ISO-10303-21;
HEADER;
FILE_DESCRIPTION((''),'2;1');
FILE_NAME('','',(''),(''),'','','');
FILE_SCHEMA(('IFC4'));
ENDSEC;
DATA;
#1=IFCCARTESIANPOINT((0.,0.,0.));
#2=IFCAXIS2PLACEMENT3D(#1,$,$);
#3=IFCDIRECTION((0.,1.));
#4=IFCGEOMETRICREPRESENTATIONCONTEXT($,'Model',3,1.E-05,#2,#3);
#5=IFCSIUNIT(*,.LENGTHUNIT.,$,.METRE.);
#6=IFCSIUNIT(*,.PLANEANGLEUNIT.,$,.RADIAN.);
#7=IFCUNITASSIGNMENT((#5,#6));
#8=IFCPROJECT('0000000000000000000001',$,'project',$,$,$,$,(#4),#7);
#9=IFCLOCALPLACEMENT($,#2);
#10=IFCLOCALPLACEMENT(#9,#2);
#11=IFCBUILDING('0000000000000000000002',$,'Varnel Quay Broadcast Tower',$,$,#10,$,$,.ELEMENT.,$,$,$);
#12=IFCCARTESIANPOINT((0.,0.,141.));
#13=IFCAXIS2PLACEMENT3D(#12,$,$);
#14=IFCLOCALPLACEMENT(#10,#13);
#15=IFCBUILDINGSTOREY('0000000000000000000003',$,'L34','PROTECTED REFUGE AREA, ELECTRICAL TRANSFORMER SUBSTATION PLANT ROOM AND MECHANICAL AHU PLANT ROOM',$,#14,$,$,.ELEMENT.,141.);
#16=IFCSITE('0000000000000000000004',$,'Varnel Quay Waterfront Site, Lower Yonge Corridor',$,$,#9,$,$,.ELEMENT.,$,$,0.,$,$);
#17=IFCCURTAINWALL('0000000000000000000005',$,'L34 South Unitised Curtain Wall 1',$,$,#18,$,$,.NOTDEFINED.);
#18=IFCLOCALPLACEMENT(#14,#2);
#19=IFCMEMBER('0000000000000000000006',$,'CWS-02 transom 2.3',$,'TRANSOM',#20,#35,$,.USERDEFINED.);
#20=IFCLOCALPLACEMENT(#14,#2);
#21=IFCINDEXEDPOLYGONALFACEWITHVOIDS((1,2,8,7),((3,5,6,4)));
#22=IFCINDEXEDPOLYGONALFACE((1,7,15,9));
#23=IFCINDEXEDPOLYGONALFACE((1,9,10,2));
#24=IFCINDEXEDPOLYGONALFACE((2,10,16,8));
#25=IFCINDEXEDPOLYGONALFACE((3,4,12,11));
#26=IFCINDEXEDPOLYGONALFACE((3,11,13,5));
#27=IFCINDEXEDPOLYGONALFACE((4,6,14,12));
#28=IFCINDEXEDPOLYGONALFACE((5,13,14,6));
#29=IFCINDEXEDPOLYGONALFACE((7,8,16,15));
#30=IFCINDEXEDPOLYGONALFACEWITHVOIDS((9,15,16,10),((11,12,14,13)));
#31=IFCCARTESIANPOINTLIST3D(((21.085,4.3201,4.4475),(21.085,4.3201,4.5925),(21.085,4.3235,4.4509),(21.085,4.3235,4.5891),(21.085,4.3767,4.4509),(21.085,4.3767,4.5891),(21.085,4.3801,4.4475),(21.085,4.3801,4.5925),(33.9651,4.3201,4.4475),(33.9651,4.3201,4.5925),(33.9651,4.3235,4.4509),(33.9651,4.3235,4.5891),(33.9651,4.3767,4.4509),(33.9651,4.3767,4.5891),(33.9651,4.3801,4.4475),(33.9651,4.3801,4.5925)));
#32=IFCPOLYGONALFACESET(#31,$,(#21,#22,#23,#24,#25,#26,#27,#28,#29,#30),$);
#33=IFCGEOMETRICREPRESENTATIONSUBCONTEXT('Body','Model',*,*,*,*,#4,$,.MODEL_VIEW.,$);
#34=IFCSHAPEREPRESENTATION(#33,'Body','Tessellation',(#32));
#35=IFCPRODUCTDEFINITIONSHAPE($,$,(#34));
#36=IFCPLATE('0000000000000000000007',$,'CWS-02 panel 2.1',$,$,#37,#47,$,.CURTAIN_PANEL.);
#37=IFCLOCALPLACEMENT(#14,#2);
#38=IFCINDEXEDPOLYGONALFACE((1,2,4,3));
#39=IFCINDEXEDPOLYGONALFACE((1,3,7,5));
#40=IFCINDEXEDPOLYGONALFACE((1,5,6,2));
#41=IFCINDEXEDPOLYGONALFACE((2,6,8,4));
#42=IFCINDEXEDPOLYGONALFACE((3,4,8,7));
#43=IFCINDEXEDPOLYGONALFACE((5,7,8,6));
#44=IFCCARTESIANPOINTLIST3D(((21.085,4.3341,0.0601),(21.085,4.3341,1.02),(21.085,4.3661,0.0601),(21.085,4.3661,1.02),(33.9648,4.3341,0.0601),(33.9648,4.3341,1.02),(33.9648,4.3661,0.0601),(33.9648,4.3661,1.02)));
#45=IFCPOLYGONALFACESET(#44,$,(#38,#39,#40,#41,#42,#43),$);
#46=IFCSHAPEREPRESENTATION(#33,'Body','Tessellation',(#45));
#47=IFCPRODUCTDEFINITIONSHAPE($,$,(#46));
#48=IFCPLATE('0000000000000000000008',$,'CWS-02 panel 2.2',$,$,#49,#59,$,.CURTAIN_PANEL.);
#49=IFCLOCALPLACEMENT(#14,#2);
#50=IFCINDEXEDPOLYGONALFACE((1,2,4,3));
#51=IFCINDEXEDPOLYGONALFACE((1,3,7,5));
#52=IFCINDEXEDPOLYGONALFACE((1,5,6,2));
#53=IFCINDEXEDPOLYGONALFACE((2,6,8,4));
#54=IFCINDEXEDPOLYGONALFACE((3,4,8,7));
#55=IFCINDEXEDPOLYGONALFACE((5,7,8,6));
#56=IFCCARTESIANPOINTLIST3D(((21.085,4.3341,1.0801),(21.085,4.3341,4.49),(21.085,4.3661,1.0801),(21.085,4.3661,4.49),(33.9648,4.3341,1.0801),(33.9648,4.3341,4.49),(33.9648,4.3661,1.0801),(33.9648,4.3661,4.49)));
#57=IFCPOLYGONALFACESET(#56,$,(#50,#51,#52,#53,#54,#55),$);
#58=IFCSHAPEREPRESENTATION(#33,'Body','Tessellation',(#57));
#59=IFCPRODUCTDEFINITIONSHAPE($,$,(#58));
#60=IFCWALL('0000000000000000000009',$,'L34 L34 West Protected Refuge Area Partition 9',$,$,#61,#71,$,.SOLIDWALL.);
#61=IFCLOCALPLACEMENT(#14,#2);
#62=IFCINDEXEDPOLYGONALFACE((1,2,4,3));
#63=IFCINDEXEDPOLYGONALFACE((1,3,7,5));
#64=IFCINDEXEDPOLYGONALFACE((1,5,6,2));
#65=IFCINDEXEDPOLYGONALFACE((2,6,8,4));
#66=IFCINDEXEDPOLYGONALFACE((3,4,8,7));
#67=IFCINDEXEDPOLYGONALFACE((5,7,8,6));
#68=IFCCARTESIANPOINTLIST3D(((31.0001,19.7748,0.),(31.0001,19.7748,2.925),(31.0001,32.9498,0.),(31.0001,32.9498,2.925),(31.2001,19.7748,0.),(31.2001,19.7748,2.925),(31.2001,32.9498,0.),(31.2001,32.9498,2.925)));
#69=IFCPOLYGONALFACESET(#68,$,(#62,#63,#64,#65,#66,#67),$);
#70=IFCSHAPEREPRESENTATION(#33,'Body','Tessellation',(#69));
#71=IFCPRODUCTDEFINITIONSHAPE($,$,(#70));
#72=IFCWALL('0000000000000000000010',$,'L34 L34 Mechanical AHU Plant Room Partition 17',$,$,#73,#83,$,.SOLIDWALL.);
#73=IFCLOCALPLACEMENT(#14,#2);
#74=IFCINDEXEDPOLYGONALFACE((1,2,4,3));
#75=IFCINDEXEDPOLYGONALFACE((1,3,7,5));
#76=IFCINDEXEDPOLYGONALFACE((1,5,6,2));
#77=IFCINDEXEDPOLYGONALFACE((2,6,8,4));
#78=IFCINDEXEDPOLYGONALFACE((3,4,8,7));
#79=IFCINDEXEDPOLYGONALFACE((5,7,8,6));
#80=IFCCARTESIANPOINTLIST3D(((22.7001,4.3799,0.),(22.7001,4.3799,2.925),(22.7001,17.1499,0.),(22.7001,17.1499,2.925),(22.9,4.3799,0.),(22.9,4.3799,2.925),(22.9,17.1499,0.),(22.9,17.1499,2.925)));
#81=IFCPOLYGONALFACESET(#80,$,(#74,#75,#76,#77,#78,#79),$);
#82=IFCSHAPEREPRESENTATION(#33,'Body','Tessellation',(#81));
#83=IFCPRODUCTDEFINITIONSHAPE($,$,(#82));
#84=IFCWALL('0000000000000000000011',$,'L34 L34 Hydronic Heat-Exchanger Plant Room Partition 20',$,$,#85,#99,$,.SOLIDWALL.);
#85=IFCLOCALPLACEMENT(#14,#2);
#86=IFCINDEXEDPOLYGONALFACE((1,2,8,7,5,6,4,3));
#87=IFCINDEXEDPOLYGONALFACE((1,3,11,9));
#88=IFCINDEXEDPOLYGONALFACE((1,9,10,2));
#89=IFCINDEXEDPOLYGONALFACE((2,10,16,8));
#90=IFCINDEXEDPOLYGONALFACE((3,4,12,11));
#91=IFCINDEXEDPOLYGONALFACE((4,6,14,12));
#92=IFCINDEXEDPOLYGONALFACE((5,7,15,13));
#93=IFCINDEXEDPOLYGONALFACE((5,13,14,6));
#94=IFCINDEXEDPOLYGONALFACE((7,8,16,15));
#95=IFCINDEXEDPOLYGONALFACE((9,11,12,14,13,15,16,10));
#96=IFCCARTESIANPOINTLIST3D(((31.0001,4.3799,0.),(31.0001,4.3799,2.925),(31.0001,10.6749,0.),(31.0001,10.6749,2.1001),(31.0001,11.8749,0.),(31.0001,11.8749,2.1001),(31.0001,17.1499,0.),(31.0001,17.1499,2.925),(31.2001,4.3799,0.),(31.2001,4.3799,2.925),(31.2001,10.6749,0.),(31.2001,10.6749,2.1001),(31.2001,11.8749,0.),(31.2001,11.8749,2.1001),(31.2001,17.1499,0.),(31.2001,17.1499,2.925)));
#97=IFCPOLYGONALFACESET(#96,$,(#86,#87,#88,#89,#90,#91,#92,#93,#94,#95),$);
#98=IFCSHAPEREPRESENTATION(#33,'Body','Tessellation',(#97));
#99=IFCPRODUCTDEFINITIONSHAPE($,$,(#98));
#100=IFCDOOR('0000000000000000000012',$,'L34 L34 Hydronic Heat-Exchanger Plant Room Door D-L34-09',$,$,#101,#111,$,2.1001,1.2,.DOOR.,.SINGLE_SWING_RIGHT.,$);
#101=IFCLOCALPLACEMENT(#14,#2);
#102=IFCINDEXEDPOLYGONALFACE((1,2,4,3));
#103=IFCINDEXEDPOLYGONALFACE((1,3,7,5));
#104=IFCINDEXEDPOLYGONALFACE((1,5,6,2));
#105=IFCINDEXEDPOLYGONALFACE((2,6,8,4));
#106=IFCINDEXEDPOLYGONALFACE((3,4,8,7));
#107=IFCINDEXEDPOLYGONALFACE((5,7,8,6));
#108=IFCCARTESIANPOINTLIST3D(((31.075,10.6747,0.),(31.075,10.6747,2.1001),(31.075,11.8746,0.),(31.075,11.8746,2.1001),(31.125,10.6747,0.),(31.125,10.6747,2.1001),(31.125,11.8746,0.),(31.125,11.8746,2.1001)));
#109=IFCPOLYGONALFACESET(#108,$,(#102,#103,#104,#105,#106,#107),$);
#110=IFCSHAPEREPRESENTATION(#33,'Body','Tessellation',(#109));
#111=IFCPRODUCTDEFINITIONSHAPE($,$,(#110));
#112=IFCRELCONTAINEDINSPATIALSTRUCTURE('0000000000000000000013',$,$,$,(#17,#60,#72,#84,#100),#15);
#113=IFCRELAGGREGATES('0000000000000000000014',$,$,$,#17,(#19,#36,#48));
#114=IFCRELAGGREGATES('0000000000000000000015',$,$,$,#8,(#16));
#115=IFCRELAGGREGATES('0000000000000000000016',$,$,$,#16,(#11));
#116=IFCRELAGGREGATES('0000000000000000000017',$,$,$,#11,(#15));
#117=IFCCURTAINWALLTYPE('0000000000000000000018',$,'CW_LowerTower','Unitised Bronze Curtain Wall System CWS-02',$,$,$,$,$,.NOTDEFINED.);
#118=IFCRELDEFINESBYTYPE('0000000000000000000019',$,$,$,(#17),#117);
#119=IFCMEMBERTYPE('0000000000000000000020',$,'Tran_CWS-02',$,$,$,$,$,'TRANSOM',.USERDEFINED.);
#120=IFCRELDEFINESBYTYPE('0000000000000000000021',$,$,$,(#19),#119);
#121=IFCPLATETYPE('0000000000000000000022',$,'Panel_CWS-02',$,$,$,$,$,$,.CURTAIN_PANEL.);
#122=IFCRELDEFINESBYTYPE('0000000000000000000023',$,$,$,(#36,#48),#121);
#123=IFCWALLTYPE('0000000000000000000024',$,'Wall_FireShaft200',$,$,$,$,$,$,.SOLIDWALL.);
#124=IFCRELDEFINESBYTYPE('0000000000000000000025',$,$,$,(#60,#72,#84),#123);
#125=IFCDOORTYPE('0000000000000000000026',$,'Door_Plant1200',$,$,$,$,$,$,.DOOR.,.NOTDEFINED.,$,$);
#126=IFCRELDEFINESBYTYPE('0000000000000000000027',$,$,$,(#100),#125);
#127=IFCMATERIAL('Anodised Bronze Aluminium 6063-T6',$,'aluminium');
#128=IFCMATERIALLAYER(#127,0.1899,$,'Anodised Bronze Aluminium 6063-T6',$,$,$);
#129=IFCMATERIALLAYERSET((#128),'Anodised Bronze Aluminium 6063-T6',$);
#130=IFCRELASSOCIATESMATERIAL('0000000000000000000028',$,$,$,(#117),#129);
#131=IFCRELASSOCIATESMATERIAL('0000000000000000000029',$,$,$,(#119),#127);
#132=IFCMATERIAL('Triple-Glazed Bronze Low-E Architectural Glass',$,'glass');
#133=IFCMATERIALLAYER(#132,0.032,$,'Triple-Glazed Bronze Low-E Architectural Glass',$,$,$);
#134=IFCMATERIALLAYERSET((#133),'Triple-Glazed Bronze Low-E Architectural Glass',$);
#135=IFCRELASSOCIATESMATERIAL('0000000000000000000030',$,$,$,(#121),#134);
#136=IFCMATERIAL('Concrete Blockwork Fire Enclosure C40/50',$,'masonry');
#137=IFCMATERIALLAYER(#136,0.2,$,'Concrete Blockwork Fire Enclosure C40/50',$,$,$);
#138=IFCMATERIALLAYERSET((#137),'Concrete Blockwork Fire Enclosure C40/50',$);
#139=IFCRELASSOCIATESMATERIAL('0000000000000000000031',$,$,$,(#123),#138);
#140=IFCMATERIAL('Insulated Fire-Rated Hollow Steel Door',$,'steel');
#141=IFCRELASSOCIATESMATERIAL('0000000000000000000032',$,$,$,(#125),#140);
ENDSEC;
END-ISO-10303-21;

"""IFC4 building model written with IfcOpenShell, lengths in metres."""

from ifc_helpers import new_model, si_unit, direction, frame, frame_2d, origin, origin_2d, place, context, subcontext, project, spatial, rectangle, hollow_rectangle, extrude, source, transform, mapped, material, layer, layer_set, material_profile, profile_set, type_object, type_shapes, element, fill, aggregate, save


model = new_model("IFC4")

# Units and contexts
model_context = context("Model", 3, precision=1e-05, world=origin(), true_north=direction((0.0, 1.0)))
body_context = subcontext(model_context, "Body", "Model", "MODEL_VIEW")
ifc_project = project(units=[si_unit("LENGTHUNIT", "METRE"), si_unit("PLANEANGLEUNIT", "RADIAN")], contexts=[model_context])

# Site, building, storey
site_placement = place(None, origin())
site = spatial("IfcSite", under=ifc_project, at=site_placement, Name="Varnel Quay Waterfront Site, Lower Yonge Corridor", CompositionType="ELEMENT", RefElevation=0.0)
building_placement = place(site_placement, origin())
building = spatial("IfcBuilding", under=site, at=building_placement, Name="Varnel Quay Broadcast Tower", CompositionType="ELEMENT")
storey_placement = place(building_placement, frame((0.0, 0.0, 141.0)))
storey = spatial("IfcBuildingStorey", under=building, at=storey_placement, Name="L34", Description="PROTECTED REFUGE AREA, ELECTRICAL TRANSFORMER SUBSTATION PLANT ROOM AND MECHANICAL AHU PLANT ROOM", CompositionType="ELEMENT", Elevation=141.0)

# Curtain wall, member, plates
ifc_material_1 = material(Name="Anodised Bronze Aluminium 6063-T6", Category="aluminium")
ifc_layer_1 = layer(ifc_material_1, 0.1899, Name="Anodised Bronze Aluminium 6063-T6")
ifc_layer_set_1 = layer_set([ifc_layer_1], Name="Anodised Bronze Aluminium 6063-T6")
curtain_wall_type = type_object("IfcCurtainWallType", Name="CW_LowerTower", Description="Unitised Bronze Curtain Wall System CWS-02", PredefinedType="NOTDEFINED", material=ifc_layer_set_1)
curtain_wall_placement = place(storey_placement, origin())
curtain_wall = element("IfcCurtainWall", 1, at=curtain_wall_placement, inside=storey, type_object=curtain_wall_type, Name="L34 South Unitised Curtain Wall 1", PredefinedType="NOTDEFINED")
ifc_material_profile_1 = material_profile(ifc_material_1, hollow_rectangle(XDim=0.0601, YDim=0.145, WallThickness=0.0034, at=origin_2d()), Name="ALU60X145X3.5")
ifc_profile_set_1 = profile_set([ifc_material_profile_1], Name="Anodised Bronze Aluminium 6063-T6")
member_type = type_object("IfcMemberType", Name="Tran_CWS-02", ElementType="TRANSOM", PredefinedType="USERDEFINED", material=ifc_profile_set_1)
shared_shape_1 = source(origin(), body_context, "Body", "SweptSolid", [
    extrude(hollow_rectangle(XDim=0.0601, YDim=0.145, WallThickness=0.0034, at=origin_2d()), origin(), (0.0, 0.0, 1.0), 12.8801),
])
type_shapes(member_type, [shared_shape_1])
member_1_placement = place(storey_placement, frame((21.085, 4.3501, 4.52), z_axis=(1.0, 0.0, 0.0), x_axis=(0.0, 1.0, 0.0)))
member_1 = element("IfcMember", 2, at=member_1_placement, type_object=member_type, Name="CWS-02 transom 2.3", ObjectType="TRANSOM", PredefinedType="USERDEFINED", context=body_context, shape_type="MappedRepresentation", body=[
    mapped(shared_shape_1, transform((0.0, 0.0, 0.0), x_axis=(1.0, 0.0, 0.0), y_axis=(0.0, 1.0, 0.0), z_axis=(0.0, 0.0, 1.0), scale=1.0)),
])
ifc_material_2 = material(Name="Triple-Glazed Bronze Low-E Architectural Glass", Category="glass")
ifc_layer_2 = layer(ifc_material_2, 0.032, Name="Triple-Glazed Bronze Low-E Architectural Glass")
ifc_layer_set_2 = layer_set([ifc_layer_2], Name="Triple-Glazed Bronze Low-E Architectural Glass")
plate_type = type_object("IfcPlateType", Name="Panel_CWS-02", PredefinedType="CURTAIN_PANEL", material=ifc_layer_set_2)
shared_shape_2 = source(origin(), body_context, "Body", "SweptSolid", [
    extrude(rectangle(XDim=12.8799, YDim=0.032, at=origin_2d()), origin(), (0.0, 0.0, 1.0), 0.96),
])
plate_1_placement = place(storey_placement, frame((27.5249, 4.3501, 0.0601), z_axis=(0.0, 0.0, 1.0), x_axis=(1.0, 0.0, 0.0)))
plate_1 = element("IfcPlate", 3, at=plate_1_placement, type_object=plate_type, Name="CWS-02 panel 2.1", PredefinedType="CURTAIN_PANEL", context=body_context, shape_type="MappedRepresentation", body=[
    mapped(shared_shape_2, transform((0.0, 0.0, 0.0), x_axis=(1.0, 0.0, 0.0), y_axis=(0.0, 1.0, 0.0), z_axis=(0.0, 0.0, 1.0), scale=1.0)),
])
shared_shape_3 = source(origin(), body_context, "Body", "SweptSolid", [
    extrude(rectangle(XDim=12.8799, YDim=0.032, at=origin_2d()), origin(), (0.0, 0.0, 1.0), 3.4099),
])
type_shapes(plate_type, [shared_shape_2, shared_shape_3])
plate_2_placement = place(storey_placement, frame((27.5249, 4.3501, 1.0801), z_axis=(0.0, 0.0, 1.0), x_axis=(1.0, 0.0, 0.0)))
plate_2 = element("IfcPlate", 4, at=plate_2_placement, type_object=plate_type, Name="CWS-02 panel 2.2", PredefinedType="CURTAIN_PANEL", context=body_context, shape_type="MappedRepresentation", body=[
    mapped(shared_shape_3, transform((0.0, 0.0, 0.0), x_axis=(1.0, 0.0, 0.0), y_axis=(0.0, 1.0, 0.0), z_axis=(0.0, 0.0, 1.0), scale=1.0)),
])
aggregate(curtain_wall, [member_1, plate_1, plate_2])

# Walls
ifc_material_3 = material(Name="Concrete Blockwork Fire Enclosure C40/50", Category="masonry")
ifc_layer_3 = layer(ifc_material_3, 0.2, Name="Concrete Blockwork Fire Enclosure C40/50")
ifc_layer_set_3 = layer_set([ifc_layer_3], Name="Concrete Blockwork Fire Enclosure C40/50")
wall_type = type_object("IfcWallType", Name="Wall_FireShaft200", PredefinedType="SOLIDWALL", material=ifc_layer_set_3)
wall_1_placement = place(storey_placement, frame((31.1001, 19.7749, 0.0), z_axis=(0.0, 0.0, 1.0), x_axis=(0.0, 1.0, 0.0)))
element("IfcWall", 5, at=wall_1_placement, inside=storey, type_object=wall_type, Name="L34 L34 West Protected Refuge Area Partition 9", PredefinedType="SOLIDWALL", context=body_context, shape_type="SweptSolid", body=[
    extrude(rectangle(XDim=13.175, YDim=0.2, at=frame_2d((6.5874, 0.0))), origin(), (0.0, 0.0, 1.0), 2.925),
])
wall_2_placement = place(storey_placement, frame((22.8, 4.3799, 0.0), z_axis=(0.0, 0.0, 1.0), x_axis=(0.0, 1.0, 0.0)))
element("IfcWall", 6, at=wall_2_placement, inside=storey, type_object=wall_type, Name="L34 L34 Mechanical AHU Plant Room Partition 17", PredefinedType="SOLIDWALL", context=body_context, shape_type="SweptSolid", body=[
    extrude(rectangle(XDim=12.77, YDim=0.2, at=frame_2d((6.385, 0.0))), origin(), (0.0, 0.0, 1.0), 2.925),
])

# Wall, opening, door
wall_3_placement = place(storey_placement, frame((31.1001, 4.3799, 0.0), z_axis=(0.0, 0.0, 1.0), x_axis=(0.0, 1.0, 0.0)))
wall_3 = element("IfcWall", 7, at=wall_3_placement, inside=storey, type_object=wall_type, Name="L34 L34 Hydronic Heat-Exchanger Plant Room Partition 20", PredefinedType="SOLIDWALL", context=body_context, shape_type="SweptSolid", body=[
    extrude(rectangle(XDim=12.77, YDim=0.2, at=frame_2d((6.385, 0.0))), origin(), (0.0, 0.0, 1.0), 2.925),
])
opening_placement = place(wall_3_placement, frame((6.2949, 0.0, 0.0)))
opening = element("IfcOpeningElement", 8, at=opening_placement, cuts=wall_3, PredefinedType="OPENING", context=body_context, shape_type="SweptSolid", body=[
    extrude(rectangle(XDim=1.2, YDim=2.1001, at=frame_2d((0.6001, 1.05))), frame((0.0, 0.1099, 0.0), z_axis=(0.0, -1.0, 0.0), x_axis=(1.0, 0.0, 0.0)), (0.0, 0.0, 1.0), 0.22),
])
ifc_material_4 = material(Name="Insulated Fire-Rated Hollow Steel Door", Category="steel")
door_type = type_object("IfcDoorType", Name="Door_Plant1200", OperationType="NOTDEFINED", PredefinedType="DOOR", material=ifc_material_4)
shared_shape_4 = source(origin(), body_context, "Body", "SweptSolid", [
    extrude(rectangle(XDim=1.2, YDim=2.1001, at=frame_2d((0.6001, 1.05))), frame((0.0, 0.0249, 0.0), z_axis=(0.0, -1.0, 0.0), x_axis=(1.0, 0.0, 0.0)), (0.0, 0.0, 1.0), 0.05),
])
type_shapes(door_type, [shared_shape_4])
door_placement = place(opening_placement, frame((1.2, 0.0, 0.0), z_axis=(0.0, 0.0, 1.0), x_axis=(-1.0, 0.0, 0.0)))
door = element("IfcDoor", 9, at=door_placement, inside=storey, type_object=door_type, Name="L34 L34 Hydronic Heat-Exchanger Plant Room Door D-L34-09", OperationType="SINGLE_SWING_RIGHT", OverallHeight=2.1001, OverallWidth=1.2, PredefinedType="DOOR", context=body_context, shape_type="MappedRepresentation", body=[
    mapped(shared_shape_4, transform((0.0, 0.0, 0.0), x_axis=(1.0, 0.0, 0.0), y_axis=(0.0, 1.0, 0.0), z_axis=(0.0, 0.0, 1.0), scale=1.0)),
])
fill(opening, door)

save(model, "model.ifc")
